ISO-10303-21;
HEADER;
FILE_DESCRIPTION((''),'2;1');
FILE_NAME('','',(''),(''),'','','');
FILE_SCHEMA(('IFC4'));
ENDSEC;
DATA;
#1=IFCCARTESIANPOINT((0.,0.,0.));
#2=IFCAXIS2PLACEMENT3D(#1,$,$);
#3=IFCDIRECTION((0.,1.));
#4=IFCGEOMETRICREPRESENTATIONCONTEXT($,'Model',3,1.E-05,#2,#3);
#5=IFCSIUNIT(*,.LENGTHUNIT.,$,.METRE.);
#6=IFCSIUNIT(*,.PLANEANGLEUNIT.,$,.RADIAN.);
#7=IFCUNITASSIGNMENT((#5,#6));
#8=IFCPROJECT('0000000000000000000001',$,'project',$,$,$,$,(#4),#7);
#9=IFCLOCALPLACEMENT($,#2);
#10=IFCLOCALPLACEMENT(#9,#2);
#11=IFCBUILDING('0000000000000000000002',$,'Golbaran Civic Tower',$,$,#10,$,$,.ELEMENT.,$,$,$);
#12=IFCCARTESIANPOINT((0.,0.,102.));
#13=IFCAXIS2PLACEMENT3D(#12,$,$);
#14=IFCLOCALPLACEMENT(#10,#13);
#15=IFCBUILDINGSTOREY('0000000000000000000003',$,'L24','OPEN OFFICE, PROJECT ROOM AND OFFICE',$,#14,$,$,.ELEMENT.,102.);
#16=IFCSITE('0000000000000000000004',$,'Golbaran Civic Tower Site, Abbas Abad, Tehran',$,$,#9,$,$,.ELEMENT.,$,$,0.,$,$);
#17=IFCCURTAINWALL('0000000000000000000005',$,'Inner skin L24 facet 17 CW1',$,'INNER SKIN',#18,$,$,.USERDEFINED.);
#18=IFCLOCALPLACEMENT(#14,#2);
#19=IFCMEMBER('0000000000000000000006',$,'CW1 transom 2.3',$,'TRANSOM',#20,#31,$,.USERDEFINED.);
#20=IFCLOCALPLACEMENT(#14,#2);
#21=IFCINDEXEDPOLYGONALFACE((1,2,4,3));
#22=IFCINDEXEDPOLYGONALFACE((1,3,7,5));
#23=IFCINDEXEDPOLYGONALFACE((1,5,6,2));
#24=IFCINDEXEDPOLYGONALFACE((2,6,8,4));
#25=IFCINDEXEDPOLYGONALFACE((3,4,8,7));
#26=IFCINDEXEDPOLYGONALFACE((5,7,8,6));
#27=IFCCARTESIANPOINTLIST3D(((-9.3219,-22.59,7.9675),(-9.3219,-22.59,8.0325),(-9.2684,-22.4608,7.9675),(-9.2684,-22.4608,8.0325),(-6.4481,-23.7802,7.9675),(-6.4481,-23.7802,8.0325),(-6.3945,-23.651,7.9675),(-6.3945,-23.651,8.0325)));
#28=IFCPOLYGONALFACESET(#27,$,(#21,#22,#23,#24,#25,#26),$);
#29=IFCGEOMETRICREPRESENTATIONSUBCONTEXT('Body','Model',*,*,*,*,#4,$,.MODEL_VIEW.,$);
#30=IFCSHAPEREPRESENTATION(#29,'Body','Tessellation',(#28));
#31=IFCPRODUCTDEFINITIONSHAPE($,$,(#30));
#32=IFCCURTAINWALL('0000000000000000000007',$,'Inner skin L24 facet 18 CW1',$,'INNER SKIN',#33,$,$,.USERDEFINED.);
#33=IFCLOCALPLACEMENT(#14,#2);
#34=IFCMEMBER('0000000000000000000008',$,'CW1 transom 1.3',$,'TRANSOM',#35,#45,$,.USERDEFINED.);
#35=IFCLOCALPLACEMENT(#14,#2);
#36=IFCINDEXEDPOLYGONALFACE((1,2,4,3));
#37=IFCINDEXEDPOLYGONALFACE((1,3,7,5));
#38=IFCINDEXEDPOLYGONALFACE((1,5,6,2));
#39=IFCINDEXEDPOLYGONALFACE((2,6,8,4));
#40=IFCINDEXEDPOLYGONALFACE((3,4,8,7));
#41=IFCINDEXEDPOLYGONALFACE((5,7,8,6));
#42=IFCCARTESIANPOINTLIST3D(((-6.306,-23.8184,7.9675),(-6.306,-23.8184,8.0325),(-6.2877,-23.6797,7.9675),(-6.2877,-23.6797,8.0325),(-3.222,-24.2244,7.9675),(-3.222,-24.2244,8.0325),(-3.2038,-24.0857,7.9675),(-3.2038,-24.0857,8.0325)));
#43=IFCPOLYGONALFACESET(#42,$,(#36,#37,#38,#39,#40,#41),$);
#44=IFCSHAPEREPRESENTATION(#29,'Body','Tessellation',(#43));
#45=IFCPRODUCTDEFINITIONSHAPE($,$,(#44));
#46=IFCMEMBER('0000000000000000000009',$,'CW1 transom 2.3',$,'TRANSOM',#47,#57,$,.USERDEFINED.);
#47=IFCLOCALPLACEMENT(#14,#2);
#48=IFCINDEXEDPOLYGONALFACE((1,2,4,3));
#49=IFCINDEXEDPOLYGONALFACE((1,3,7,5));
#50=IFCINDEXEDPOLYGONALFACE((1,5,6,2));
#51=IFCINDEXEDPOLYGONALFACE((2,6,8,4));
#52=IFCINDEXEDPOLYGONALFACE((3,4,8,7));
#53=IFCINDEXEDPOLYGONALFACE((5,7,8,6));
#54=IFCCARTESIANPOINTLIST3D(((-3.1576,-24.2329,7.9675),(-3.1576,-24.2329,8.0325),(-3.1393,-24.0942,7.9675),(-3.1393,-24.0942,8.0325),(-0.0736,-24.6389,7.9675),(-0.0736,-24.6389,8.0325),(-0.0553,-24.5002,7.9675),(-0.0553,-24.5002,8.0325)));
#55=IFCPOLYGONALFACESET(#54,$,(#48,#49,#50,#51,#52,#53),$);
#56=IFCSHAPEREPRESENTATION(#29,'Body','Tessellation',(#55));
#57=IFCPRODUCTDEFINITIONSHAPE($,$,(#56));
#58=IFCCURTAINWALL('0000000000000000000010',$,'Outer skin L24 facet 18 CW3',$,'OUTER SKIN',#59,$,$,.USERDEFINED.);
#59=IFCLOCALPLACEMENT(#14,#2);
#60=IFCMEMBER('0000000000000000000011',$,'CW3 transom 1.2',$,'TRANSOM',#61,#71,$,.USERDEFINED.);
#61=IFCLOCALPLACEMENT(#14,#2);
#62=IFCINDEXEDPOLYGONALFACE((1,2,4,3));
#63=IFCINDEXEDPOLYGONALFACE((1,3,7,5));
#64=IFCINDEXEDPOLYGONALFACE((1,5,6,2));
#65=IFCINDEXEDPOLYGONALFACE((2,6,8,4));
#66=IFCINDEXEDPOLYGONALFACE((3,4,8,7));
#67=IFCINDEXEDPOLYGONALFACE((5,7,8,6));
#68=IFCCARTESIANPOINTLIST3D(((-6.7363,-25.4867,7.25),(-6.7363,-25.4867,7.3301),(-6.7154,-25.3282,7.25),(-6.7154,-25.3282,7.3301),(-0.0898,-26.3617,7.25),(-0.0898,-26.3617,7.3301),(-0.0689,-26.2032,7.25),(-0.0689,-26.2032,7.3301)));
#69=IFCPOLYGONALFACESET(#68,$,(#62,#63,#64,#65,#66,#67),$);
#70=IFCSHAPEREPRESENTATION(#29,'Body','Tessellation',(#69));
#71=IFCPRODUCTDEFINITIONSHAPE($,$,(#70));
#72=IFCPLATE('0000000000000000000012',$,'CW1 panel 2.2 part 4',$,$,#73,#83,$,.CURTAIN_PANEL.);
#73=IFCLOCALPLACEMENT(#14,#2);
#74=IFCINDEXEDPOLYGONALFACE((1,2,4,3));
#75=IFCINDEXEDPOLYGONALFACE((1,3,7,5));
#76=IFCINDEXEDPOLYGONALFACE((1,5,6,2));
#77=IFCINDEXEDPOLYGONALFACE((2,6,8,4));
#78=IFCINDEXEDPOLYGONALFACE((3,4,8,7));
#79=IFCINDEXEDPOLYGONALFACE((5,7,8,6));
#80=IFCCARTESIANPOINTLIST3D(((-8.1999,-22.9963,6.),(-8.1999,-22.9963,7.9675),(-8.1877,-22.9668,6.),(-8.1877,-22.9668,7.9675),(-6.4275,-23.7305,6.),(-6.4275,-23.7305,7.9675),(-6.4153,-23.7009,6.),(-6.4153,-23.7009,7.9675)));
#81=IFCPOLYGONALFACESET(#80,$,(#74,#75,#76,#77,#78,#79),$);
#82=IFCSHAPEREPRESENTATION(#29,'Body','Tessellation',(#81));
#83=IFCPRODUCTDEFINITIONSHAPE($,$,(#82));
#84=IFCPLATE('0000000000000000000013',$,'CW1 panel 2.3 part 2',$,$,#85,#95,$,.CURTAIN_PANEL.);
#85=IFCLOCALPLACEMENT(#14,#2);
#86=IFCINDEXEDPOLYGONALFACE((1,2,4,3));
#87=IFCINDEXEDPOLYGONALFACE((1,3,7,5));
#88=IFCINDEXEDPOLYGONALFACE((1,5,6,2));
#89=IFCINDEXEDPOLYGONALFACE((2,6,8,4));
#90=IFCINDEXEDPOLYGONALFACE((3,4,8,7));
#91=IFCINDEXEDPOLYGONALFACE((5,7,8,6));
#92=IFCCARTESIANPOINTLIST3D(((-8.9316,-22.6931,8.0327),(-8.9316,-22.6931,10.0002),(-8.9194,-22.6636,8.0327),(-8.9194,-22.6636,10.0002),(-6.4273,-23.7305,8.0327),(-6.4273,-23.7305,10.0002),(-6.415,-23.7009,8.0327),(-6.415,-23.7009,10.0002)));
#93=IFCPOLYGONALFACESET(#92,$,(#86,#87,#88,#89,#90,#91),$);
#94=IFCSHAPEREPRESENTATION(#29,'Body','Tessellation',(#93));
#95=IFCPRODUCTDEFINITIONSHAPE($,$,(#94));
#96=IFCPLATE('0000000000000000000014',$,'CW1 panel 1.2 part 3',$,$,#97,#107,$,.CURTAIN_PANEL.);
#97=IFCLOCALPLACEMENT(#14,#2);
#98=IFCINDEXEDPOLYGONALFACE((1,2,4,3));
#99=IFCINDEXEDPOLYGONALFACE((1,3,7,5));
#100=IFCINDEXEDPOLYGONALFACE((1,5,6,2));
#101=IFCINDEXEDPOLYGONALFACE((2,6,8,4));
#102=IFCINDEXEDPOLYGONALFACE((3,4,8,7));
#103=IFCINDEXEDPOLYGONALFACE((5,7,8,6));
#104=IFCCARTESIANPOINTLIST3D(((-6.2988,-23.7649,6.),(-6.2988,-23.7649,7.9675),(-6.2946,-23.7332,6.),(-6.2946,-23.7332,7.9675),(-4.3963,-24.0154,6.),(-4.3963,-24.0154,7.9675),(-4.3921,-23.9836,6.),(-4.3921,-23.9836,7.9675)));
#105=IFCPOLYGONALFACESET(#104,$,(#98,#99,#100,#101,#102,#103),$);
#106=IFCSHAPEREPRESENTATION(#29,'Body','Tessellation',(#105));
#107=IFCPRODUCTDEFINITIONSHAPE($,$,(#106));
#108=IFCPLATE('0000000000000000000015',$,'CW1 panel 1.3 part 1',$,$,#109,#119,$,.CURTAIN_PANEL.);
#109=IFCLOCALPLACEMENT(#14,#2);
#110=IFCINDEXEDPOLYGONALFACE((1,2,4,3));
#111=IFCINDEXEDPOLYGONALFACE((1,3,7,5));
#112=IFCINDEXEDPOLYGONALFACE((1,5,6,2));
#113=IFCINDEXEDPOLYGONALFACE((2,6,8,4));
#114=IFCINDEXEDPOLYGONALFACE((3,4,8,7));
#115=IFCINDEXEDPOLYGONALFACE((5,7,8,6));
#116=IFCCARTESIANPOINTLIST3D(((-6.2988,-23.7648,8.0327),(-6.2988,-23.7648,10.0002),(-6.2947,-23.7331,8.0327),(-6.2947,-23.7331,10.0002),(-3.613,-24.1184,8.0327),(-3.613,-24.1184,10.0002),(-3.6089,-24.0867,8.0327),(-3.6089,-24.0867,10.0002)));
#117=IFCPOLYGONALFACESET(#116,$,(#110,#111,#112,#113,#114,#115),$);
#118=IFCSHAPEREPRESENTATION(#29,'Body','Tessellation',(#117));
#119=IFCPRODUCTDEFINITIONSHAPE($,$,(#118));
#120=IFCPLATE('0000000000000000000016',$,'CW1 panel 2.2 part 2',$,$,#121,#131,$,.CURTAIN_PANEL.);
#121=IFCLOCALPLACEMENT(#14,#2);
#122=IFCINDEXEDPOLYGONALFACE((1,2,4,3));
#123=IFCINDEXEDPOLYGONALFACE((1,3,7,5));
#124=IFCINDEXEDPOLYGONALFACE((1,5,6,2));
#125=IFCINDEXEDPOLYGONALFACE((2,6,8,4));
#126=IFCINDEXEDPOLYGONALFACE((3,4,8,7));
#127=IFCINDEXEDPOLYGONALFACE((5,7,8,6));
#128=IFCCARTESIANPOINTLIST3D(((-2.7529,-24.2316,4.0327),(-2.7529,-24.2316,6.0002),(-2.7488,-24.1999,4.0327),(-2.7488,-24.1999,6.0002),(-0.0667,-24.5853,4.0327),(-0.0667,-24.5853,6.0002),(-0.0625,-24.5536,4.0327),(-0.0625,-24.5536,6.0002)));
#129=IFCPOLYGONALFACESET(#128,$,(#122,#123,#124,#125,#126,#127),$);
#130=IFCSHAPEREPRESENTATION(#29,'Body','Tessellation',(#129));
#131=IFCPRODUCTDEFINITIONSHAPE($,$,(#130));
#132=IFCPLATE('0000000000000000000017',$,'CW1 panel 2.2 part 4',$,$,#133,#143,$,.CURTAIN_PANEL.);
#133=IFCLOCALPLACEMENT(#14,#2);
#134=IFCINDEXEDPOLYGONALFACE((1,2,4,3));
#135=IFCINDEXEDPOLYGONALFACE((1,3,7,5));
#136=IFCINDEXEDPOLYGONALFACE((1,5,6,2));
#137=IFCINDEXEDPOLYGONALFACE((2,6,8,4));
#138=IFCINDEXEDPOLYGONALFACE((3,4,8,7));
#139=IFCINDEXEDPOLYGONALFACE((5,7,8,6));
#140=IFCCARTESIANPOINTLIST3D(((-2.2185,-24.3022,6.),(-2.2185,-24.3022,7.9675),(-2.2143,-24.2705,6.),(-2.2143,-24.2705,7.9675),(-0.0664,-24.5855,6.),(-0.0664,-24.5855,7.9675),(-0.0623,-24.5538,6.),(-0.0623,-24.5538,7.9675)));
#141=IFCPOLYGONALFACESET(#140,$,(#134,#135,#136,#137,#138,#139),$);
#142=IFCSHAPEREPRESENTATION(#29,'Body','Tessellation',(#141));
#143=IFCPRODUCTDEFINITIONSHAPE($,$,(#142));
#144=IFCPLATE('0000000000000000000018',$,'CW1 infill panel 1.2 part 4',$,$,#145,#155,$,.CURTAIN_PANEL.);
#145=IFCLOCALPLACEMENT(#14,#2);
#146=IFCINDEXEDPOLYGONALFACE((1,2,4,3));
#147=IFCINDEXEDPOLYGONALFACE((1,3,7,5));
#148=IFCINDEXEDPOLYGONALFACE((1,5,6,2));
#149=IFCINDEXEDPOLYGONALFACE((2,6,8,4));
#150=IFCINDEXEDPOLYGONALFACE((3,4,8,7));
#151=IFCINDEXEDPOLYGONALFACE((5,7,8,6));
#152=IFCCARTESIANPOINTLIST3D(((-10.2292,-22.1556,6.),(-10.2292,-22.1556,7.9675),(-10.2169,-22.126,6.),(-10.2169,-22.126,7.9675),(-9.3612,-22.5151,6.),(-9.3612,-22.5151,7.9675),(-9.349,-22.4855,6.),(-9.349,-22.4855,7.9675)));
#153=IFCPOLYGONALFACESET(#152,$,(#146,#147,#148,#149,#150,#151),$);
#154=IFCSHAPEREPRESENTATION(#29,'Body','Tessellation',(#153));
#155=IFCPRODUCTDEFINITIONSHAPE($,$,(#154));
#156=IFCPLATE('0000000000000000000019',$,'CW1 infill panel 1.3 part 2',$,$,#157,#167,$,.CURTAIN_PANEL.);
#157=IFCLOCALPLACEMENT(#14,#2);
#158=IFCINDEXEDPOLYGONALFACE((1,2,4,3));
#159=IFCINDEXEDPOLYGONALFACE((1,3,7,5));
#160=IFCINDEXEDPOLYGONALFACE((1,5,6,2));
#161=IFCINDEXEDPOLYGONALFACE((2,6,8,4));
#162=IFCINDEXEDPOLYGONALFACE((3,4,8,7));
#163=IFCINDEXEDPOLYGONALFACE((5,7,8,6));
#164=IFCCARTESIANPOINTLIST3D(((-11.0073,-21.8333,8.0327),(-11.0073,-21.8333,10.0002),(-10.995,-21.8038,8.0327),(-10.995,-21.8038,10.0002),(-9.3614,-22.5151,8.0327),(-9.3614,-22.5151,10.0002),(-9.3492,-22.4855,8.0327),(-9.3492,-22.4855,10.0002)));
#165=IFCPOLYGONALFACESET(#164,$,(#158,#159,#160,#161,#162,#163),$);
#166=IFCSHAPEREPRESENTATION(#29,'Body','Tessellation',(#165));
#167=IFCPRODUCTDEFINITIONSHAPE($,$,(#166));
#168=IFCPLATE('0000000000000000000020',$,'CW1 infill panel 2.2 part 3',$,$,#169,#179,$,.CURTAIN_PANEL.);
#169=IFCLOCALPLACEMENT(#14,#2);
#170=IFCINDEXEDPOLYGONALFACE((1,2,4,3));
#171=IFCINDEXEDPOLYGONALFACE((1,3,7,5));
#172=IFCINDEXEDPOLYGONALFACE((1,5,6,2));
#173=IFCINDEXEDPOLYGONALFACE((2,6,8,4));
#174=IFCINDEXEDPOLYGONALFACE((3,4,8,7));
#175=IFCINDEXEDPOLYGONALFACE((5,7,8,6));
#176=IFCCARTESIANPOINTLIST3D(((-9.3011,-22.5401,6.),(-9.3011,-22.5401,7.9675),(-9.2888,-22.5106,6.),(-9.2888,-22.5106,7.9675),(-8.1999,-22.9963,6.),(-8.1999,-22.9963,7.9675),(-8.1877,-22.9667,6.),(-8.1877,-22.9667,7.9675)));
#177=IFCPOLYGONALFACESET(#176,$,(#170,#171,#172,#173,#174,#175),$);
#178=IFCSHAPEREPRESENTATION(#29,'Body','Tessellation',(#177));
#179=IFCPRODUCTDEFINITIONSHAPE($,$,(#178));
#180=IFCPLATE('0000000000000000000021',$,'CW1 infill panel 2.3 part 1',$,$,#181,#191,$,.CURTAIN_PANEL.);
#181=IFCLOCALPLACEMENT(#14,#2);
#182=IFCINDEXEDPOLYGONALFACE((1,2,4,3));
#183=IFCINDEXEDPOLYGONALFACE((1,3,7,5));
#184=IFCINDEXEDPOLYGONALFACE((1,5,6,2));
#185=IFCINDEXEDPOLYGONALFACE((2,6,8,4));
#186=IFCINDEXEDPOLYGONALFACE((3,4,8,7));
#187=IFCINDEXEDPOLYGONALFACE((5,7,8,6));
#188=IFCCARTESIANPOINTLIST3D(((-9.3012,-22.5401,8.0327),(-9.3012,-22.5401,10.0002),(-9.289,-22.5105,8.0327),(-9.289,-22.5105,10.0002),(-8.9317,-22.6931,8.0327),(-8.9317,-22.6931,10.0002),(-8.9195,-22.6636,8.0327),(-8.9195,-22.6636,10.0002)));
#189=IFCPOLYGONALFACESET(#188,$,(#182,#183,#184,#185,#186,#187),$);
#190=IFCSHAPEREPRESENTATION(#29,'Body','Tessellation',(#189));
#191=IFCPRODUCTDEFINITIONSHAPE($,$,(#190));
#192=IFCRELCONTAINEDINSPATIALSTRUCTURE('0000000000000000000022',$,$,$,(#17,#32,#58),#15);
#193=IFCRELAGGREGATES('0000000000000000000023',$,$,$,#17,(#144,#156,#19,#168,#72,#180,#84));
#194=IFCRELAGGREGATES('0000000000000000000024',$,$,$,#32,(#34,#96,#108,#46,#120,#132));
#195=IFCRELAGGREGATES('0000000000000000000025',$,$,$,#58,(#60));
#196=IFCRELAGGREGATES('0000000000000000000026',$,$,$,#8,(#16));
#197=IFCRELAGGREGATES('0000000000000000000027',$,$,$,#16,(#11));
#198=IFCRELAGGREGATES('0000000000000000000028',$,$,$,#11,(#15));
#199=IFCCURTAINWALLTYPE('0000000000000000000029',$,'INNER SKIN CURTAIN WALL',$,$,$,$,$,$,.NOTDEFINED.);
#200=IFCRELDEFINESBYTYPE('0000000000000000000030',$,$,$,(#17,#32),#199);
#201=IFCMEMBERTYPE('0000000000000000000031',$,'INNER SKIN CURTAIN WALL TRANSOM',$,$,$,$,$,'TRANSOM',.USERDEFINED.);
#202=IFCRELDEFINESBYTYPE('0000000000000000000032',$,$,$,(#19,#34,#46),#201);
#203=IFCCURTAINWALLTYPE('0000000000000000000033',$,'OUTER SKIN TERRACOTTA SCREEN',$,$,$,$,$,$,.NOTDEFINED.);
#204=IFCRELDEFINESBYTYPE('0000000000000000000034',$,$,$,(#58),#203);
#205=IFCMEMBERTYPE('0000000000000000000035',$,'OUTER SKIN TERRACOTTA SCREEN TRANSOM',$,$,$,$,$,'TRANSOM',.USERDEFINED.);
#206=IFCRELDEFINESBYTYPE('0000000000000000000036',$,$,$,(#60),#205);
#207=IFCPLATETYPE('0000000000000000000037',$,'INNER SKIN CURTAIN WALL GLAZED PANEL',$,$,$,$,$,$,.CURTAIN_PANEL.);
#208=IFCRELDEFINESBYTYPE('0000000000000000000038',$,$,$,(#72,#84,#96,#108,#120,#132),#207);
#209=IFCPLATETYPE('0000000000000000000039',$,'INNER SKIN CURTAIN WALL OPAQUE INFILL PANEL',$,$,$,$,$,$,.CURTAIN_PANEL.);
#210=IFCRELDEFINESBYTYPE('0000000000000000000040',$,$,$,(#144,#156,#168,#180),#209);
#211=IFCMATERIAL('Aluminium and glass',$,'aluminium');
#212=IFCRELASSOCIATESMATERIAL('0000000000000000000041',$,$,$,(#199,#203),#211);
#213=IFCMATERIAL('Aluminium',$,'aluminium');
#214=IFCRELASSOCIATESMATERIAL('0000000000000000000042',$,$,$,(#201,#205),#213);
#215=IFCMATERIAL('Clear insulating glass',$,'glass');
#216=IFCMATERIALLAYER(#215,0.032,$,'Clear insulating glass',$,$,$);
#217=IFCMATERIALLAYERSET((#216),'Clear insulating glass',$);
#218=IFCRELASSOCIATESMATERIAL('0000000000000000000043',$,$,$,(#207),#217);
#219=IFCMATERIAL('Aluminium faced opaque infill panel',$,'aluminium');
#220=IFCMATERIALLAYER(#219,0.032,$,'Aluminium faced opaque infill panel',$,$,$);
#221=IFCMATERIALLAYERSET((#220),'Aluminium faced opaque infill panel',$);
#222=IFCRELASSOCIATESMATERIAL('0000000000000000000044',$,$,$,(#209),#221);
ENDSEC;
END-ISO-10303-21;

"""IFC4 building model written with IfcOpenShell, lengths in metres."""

from ifc_helpers import new_model, si_unit, direction, frame, origin, origin_2d, place, context, subcontext, project, spatial, rectangle, extrude, material, layer, layer_set, material_profile, profile_set, type_object, element, aggregate, save


model = new_model("IFC4")

# Units and contexts
model_context = context("Model", 3, precision=1e-05, world=origin(), true_north=direction((0.0, 1.0)))
body_context = subcontext(model_context, "Body", "Model", "MODEL_VIEW")
ifc_project = project(units=[si_unit("LENGTHUNIT", "METRE"), si_unit("PLANEANGLEUNIT", "RADIAN")], contexts=[model_context])

# Site, building, storey
site_placement = place(None, origin())
site = spatial("IfcSite", under=ifc_project, at=site_placement, Name="Golbaran Civic Tower Site, Abbas Abad, Tehran", CompositionType="ELEMENT", RefElevation=0.0)
building_placement = place(site_placement, origin())
building = spatial("IfcBuilding", under=site, at=building_placement, Name="Golbaran Civic Tower", CompositionType="ELEMENT")
storey_placement = place(building_placement, frame((0.0, 0.0, 102.0)))
storey = spatial("IfcBuildingStorey", under=building, at=storey_placement, Name="L24", Description="OPEN OFFICE, PROJECT ROOM AND OFFICE", CompositionType="ELEMENT", Elevation=102.0)

# Curtain wall, member
ifc_material_1 = material(Name="Aluminium and glass", Category="aluminium")
curtain_wall_type_1 = type_object("IfcCurtainWallType", Name="INNER SKIN CURTAIN WALL", PredefinedType="NOTDEFINED", material=ifc_material_1)
curtain_wall_1_placement = place(storey_placement, origin())
curtain_wall_1 = element("IfcCurtainWall", 1, at=curtain_wall_1_placement, inside=storey, type_object=curtain_wall_type_1, Name="Inner skin L24 facet 17 CW1", ObjectType="INNER SKIN", PredefinedType="USERDEFINED")
ifc_material_2 = material(Name="Aluminium", Category="aluminium")
ifc_material_profile_1 = material_profile(ifc_material_2, rectangle(XDim=0.1399, YDim=0.0649, at=origin_2d()), Name="INNER SKIN CURTAIN WALL TRANSOM")
ifc_profile_set_1 = profile_set([ifc_material_profile_1], Name="Aluminium")
member_type_1 = type_object("IfcMemberType", Name="INNER SKIN CURTAIN WALL TRANSOM", ElementType="TRANSOM", PredefinedType="USERDEFINED", material=ifc_profile_set_1)
member_1_placement = place(storey_placement, frame((-9.2952, -22.5254, 8.0), z_axis=(0.923899, -0.382636, 0.0), x_axis=(0.382636, 0.923899, 0.0)))
member_1 = element("IfcMember", 2, at=member_1_placement, type_object=member_type_1, Name="CW1 transom 2.3", ObjectType="TRANSOM", PredefinedType="USERDEFINED", context=body_context, shape_type="SweptSolid", body=[
    extrude(rectangle(XDim=0.1399, YDim=0.0649, at=origin_2d()), origin(), (0.0, 0.0, 1.0), 3.1106),
])

# Curtain wall, members
curtain_wall_2_placement = place(storey_placement, origin())
curtain_wall_2 = element("IfcCurtainWall", 3, at=curtain_wall_2_placement, inside=storey, type_object=curtain_wall_type_1, Name="Inner skin L24 facet 18 CW1", ObjectType="INNER SKIN", PredefinedType="USERDEFINED")
member_2_placement = place(storey_placement, frame((-6.2969, -23.749, 8.0), z_axis=(0.991445, -0.130524, 0.0), x_axis=(0.130524, 0.991445, 0.0)))
member_2 = element("IfcMember", 4, at=member_2_placement, type_object=member_type_1, Name="CW1 transom 1.3", ObjectType="TRANSOM", PredefinedType="USERDEFINED", context=body_context, shape_type="SweptSolid", body=[
    extrude(rectangle(XDim=0.1399, YDim=0.0649, at=origin_2d()), origin(), (0.0, 0.0, 1.0), 3.1106),
])
member_3_placement = place(storey_placement, frame((-3.1484, -24.1636, 8.0), z_axis=(0.991445, -0.130524, 0.0), x_axis=(0.130524, 0.991445, 0.0)))
member_3 = element("IfcMember", 5, at=member_3_placement, type_object=member_type_1, Name="CW1 transom 2.3", ObjectType="TRANSOM", PredefinedType="USERDEFINED", context=body_context, shape_type="SweptSolid", body=[
    extrude(rectangle(XDim=0.1399, YDim=0.0649, at=origin_2d()), origin(), (0.0, 0.0, 1.0), 3.1106),
])

# Curtain wall, member
curtain_wall_type_2 = type_object("IfcCurtainWallType", Name="OUTER SKIN TERRACOTTA SCREEN", PredefinedType="NOTDEFINED", material=ifc_material_1)
curtain_wall_3_placement = place(storey_placement, origin())
curtain_wall_3 = element("IfcCurtainWall", 6, at=curtain_wall_3_placement, inside=storey, type_object=curtain_wall_type_2, Name="Outer skin L24 facet 18 CW3", ObjectType="OUTER SKIN", PredefinedType="USERDEFINED")
ifc_material_profile_2 = material_profile(ifc_material_2, rectangle(XDim=0.1599, YDim=0.0801, at=origin_2d()), Name="OUTER SKIN TERRACOTTA SCREEN TRANSOM")
ifc_profile_set_2 = profile_set([ifc_material_profile_2], Name="Aluminium")
member_type_2 = type_object("IfcMemberType", Name="OUTER SKIN TERRACOTTA SCREEN TRANSOM", ElementType="TRANSOM", PredefinedType="USERDEFINED", material=ifc_profile_set_2)
member_4_placement = place(storey_placement, frame((-6.7258, -25.4075, 7.29), z_axis=(0.991445, -0.130522, 0.0), x_axis=(0.130522, 0.991445, 0.0)))
member_4 = element("IfcMember", 7, at=member_4_placement, type_object=member_type_2, Name="CW3 transom 1.2", ObjectType="TRANSOM", PredefinedType="USERDEFINED", context=body_context, shape_type="SweptSolid", body=[
    extrude(rectangle(XDim=0.1599, YDim=0.0801, at=origin_2d()), origin(), (0.0, 0.0, 1.0), 6.7039),
])

# Plates
ifc_material_3 = material(Name="Clear insulating glass", Category="glass")
ifc_layer_1 = layer(ifc_material_3, 0.032, Name="Clear insulating glass")
ifc_layer_set_1 = layer_set([ifc_layer_1], Name="Clear insulating glass")
plate_type_1 = type_object("IfcPlateType", Name="INNER SKIN CURTAIN WALL GLAZED PANEL", PredefinedType="CURTAIN_PANEL", material=ifc_layer_set_1)
plate_1_placement = place(storey_placement, frame((-7.3076, -23.3486, 6.0), z_axis=(0.0, 0.0, 1.0), x_axis=(0.92388, -0.382683, 0.0)))
plate_1 = element("IfcPlate", 8, at=plate_1_placement, type_object=plate_type_1, Name="CW1 panel 2.2 part 4", PredefinedType="CURTAIN_PANEL", context=body_context, shape_type="SweptSolid", body=[
    extrude(rectangle(XDim=1.9185, YDim=0.032, at=origin_2d()), origin(), (0.0, 0.0, 1.0), 1.9675),
])
plate_2_placement = place(storey_placement, frame((-7.6733, -23.197, 8.0327), z_axis=(0.0, 0.0, 1.0), x_axis=(0.92388, -0.382683, 0.0)))
plate_2 = element("IfcPlate", 9, at=plate_2_placement, type_object=plate_type_1, Name="CW1 panel 2.3 part 2", PredefinedType="CURTAIN_PANEL", context=body_context, shape_type="SweptSolid", body=[
    extrude(rectangle(XDim=2.7107, YDim=0.032, at=origin_2d()), origin(), (0.0, 0.0, 1.0), 1.9675),
])
plate_3_placement = place(storey_placement, frame((-5.3455, -23.8743, 6.0), z_axis=(0.0, 0.0, 1.0), x_axis=(0.991445, -0.130526, 0.0)))
plate_3 = element("IfcPlate", 10, at=plate_3_placement, type_object=plate_type_1, Name="CW1 panel 1.2 part 3", PredefinedType="CURTAIN_PANEL", context=body_context, shape_type="SweptSolid", body=[
    extrude(rectangle(XDim=1.9189, YDim=0.032, at=origin_2d()), origin(), (0.0, 0.0, 1.0), 1.9675),
])
plate_4_placement = place(storey_placement, frame((-4.9539, -23.9258, 8.0327), z_axis=(0.0, 0.0, 1.0), x_axis=(0.991445, -0.130526, 0.0)))
plate_4 = element("IfcPlate", 11, at=plate_4_placement, type_object=plate_type_1, Name="CW1 panel 1.3 part 1", PredefinedType="CURTAIN_PANEL", context=body_context, shape_type="SweptSolid", body=[
    extrude(rectangle(XDim=2.709, YDim=0.032, at=origin_2d()), origin(), (0.0, 0.0, 1.0), 1.9675),
])
plate_5_placement = place(storey_placement, frame((-1.4077, -24.3926, 4.0327), z_axis=(0.0, 0.0, 1.0), x_axis=(0.991445, -0.130526, 0.0)))
plate_5 = element("IfcPlate", 12, at=plate_5_placement, type_object=plate_type_1, Name="CW1 panel 2.2 part 2", PredefinedType="CURTAIN_PANEL", context=body_context, shape_type="SweptSolid", body=[
    extrude(rectangle(XDim=2.7095, YDim=0.032, at=origin_2d()), origin(), (0.0, 0.0, 1.0), 1.9675),
])
plate_6_placement = place(storey_placement, frame((-1.1404, -24.428, 6.0), z_axis=(0.0, 0.0, 1.0), x_axis=(0.991445, -0.130526, 0.0)))
plate_6 = element("IfcPlate", 13, at=plate_6_placement, type_object=plate_type_1, Name="CW1 panel 2.2 part 4", PredefinedType="CURTAIN_PANEL", context=body_context, shape_type="SweptSolid", body=[
    extrude(rectangle(XDim=2.1707, YDim=0.032, at=origin_2d()), origin(), (0.0, 0.0, 1.0), 1.9675),
])
ifc_material_4 = material(Name="Aluminium faced opaque infill panel", Category="aluminium")
ifc_layer_2 = layer(ifc_material_4, 0.032, Name="Aluminium faced opaque infill panel")
ifc_layer_set_2 = layer_set([ifc_layer_2], Name="Aluminium faced opaque infill panel")
plate_type_2 = type_object("IfcPlateType", Name="INNER SKIN CURTAIN WALL OPAQUE INFILL PANEL", PredefinedType="CURTAIN_PANEL", material=ifc_layer_set_2)
plate_7_placement = place(storey_placement, frame((-9.7891, -22.3206, 6.0), z_axis=(0.0, 0.0, 1.0), x_axis=(0.92388, -0.382683, 0.0)))
plate_7 = element("IfcPlate", 14, at=plate_7_placement, type_object=plate_type_2, Name="CW1 infill panel 1.2 part 4", PredefinedType="CURTAIN_PANEL", context=body_context, shape_type="SweptSolid", body=[
    extrude(rectangle(XDim=0.9395, YDim=0.032, at=origin_2d()), origin(), (0.0, 0.0, 1.0), 1.9675),
])
plate_8_placement = place(storey_placement, frame((-10.1782, -22.1594, 8.0327), z_axis=(0.0, 0.0, 1.0), x_axis=(0.92388, -0.382683, 0.0)))
plate_8 = element("IfcPlate", 15, at=plate_8_placement, type_object=plate_type_2, Name="CW1 infill panel 1.3 part 2", PredefinedType="CURTAIN_PANEL", context=body_context, shape_type="SweptSolid", body=[
    extrude(rectangle(XDim=1.7815, YDim=0.032, at=origin_2d()), origin(), (0.0, 0.0, 1.0), 1.9675),
])
plate_9_placement = place(storey_placement, frame((-8.7444, -22.7534, 6.0), z_axis=(0.0, 0.0, 1.0), x_axis=(0.92388, -0.382683, 0.0)))
plate_9 = element("IfcPlate", 16, at=plate_9_placement, type_object=plate_type_2, Name="CW1 infill panel 2.2 part 3", PredefinedType="CURTAIN_PANEL", context=body_context, shape_type="SweptSolid", body=[
    extrude(rectangle(XDim=1.1919, YDim=0.032, at=origin_2d()), origin(), (0.0, 0.0, 1.0), 1.9675),
])
plate_10_placement = place(storey_placement, frame((-9.1104, -22.6018, 8.0327), z_axis=(0.0, 0.0, 1.0), x_axis=(0.92388, -0.382683, 0.0)))
plate_10 = element("IfcPlate", 17, at=plate_10_placement, type_object=plate_type_2, Name="CW1 infill panel 2.3 part 1", PredefinedType="CURTAIN_PANEL", context=body_context, shape_type="SweptSolid", body=[
    extrude(rectangle(XDim=0.3999, YDim=0.032, at=origin_2d()), origin(), (0.0, 0.0, 1.0), 1.9675),
])
aggregate(curtain_wall_1, [plate_7, plate_8, member_1, plate_9, plate_1, plate_10, plate_2])
aggregate(curtain_wall_2, [member_2, plate_3, plate_4, member_3, plate_5, plate_6])
aggregate(curtain_wall_3, [member_4])

save(model, "model.ifc")
